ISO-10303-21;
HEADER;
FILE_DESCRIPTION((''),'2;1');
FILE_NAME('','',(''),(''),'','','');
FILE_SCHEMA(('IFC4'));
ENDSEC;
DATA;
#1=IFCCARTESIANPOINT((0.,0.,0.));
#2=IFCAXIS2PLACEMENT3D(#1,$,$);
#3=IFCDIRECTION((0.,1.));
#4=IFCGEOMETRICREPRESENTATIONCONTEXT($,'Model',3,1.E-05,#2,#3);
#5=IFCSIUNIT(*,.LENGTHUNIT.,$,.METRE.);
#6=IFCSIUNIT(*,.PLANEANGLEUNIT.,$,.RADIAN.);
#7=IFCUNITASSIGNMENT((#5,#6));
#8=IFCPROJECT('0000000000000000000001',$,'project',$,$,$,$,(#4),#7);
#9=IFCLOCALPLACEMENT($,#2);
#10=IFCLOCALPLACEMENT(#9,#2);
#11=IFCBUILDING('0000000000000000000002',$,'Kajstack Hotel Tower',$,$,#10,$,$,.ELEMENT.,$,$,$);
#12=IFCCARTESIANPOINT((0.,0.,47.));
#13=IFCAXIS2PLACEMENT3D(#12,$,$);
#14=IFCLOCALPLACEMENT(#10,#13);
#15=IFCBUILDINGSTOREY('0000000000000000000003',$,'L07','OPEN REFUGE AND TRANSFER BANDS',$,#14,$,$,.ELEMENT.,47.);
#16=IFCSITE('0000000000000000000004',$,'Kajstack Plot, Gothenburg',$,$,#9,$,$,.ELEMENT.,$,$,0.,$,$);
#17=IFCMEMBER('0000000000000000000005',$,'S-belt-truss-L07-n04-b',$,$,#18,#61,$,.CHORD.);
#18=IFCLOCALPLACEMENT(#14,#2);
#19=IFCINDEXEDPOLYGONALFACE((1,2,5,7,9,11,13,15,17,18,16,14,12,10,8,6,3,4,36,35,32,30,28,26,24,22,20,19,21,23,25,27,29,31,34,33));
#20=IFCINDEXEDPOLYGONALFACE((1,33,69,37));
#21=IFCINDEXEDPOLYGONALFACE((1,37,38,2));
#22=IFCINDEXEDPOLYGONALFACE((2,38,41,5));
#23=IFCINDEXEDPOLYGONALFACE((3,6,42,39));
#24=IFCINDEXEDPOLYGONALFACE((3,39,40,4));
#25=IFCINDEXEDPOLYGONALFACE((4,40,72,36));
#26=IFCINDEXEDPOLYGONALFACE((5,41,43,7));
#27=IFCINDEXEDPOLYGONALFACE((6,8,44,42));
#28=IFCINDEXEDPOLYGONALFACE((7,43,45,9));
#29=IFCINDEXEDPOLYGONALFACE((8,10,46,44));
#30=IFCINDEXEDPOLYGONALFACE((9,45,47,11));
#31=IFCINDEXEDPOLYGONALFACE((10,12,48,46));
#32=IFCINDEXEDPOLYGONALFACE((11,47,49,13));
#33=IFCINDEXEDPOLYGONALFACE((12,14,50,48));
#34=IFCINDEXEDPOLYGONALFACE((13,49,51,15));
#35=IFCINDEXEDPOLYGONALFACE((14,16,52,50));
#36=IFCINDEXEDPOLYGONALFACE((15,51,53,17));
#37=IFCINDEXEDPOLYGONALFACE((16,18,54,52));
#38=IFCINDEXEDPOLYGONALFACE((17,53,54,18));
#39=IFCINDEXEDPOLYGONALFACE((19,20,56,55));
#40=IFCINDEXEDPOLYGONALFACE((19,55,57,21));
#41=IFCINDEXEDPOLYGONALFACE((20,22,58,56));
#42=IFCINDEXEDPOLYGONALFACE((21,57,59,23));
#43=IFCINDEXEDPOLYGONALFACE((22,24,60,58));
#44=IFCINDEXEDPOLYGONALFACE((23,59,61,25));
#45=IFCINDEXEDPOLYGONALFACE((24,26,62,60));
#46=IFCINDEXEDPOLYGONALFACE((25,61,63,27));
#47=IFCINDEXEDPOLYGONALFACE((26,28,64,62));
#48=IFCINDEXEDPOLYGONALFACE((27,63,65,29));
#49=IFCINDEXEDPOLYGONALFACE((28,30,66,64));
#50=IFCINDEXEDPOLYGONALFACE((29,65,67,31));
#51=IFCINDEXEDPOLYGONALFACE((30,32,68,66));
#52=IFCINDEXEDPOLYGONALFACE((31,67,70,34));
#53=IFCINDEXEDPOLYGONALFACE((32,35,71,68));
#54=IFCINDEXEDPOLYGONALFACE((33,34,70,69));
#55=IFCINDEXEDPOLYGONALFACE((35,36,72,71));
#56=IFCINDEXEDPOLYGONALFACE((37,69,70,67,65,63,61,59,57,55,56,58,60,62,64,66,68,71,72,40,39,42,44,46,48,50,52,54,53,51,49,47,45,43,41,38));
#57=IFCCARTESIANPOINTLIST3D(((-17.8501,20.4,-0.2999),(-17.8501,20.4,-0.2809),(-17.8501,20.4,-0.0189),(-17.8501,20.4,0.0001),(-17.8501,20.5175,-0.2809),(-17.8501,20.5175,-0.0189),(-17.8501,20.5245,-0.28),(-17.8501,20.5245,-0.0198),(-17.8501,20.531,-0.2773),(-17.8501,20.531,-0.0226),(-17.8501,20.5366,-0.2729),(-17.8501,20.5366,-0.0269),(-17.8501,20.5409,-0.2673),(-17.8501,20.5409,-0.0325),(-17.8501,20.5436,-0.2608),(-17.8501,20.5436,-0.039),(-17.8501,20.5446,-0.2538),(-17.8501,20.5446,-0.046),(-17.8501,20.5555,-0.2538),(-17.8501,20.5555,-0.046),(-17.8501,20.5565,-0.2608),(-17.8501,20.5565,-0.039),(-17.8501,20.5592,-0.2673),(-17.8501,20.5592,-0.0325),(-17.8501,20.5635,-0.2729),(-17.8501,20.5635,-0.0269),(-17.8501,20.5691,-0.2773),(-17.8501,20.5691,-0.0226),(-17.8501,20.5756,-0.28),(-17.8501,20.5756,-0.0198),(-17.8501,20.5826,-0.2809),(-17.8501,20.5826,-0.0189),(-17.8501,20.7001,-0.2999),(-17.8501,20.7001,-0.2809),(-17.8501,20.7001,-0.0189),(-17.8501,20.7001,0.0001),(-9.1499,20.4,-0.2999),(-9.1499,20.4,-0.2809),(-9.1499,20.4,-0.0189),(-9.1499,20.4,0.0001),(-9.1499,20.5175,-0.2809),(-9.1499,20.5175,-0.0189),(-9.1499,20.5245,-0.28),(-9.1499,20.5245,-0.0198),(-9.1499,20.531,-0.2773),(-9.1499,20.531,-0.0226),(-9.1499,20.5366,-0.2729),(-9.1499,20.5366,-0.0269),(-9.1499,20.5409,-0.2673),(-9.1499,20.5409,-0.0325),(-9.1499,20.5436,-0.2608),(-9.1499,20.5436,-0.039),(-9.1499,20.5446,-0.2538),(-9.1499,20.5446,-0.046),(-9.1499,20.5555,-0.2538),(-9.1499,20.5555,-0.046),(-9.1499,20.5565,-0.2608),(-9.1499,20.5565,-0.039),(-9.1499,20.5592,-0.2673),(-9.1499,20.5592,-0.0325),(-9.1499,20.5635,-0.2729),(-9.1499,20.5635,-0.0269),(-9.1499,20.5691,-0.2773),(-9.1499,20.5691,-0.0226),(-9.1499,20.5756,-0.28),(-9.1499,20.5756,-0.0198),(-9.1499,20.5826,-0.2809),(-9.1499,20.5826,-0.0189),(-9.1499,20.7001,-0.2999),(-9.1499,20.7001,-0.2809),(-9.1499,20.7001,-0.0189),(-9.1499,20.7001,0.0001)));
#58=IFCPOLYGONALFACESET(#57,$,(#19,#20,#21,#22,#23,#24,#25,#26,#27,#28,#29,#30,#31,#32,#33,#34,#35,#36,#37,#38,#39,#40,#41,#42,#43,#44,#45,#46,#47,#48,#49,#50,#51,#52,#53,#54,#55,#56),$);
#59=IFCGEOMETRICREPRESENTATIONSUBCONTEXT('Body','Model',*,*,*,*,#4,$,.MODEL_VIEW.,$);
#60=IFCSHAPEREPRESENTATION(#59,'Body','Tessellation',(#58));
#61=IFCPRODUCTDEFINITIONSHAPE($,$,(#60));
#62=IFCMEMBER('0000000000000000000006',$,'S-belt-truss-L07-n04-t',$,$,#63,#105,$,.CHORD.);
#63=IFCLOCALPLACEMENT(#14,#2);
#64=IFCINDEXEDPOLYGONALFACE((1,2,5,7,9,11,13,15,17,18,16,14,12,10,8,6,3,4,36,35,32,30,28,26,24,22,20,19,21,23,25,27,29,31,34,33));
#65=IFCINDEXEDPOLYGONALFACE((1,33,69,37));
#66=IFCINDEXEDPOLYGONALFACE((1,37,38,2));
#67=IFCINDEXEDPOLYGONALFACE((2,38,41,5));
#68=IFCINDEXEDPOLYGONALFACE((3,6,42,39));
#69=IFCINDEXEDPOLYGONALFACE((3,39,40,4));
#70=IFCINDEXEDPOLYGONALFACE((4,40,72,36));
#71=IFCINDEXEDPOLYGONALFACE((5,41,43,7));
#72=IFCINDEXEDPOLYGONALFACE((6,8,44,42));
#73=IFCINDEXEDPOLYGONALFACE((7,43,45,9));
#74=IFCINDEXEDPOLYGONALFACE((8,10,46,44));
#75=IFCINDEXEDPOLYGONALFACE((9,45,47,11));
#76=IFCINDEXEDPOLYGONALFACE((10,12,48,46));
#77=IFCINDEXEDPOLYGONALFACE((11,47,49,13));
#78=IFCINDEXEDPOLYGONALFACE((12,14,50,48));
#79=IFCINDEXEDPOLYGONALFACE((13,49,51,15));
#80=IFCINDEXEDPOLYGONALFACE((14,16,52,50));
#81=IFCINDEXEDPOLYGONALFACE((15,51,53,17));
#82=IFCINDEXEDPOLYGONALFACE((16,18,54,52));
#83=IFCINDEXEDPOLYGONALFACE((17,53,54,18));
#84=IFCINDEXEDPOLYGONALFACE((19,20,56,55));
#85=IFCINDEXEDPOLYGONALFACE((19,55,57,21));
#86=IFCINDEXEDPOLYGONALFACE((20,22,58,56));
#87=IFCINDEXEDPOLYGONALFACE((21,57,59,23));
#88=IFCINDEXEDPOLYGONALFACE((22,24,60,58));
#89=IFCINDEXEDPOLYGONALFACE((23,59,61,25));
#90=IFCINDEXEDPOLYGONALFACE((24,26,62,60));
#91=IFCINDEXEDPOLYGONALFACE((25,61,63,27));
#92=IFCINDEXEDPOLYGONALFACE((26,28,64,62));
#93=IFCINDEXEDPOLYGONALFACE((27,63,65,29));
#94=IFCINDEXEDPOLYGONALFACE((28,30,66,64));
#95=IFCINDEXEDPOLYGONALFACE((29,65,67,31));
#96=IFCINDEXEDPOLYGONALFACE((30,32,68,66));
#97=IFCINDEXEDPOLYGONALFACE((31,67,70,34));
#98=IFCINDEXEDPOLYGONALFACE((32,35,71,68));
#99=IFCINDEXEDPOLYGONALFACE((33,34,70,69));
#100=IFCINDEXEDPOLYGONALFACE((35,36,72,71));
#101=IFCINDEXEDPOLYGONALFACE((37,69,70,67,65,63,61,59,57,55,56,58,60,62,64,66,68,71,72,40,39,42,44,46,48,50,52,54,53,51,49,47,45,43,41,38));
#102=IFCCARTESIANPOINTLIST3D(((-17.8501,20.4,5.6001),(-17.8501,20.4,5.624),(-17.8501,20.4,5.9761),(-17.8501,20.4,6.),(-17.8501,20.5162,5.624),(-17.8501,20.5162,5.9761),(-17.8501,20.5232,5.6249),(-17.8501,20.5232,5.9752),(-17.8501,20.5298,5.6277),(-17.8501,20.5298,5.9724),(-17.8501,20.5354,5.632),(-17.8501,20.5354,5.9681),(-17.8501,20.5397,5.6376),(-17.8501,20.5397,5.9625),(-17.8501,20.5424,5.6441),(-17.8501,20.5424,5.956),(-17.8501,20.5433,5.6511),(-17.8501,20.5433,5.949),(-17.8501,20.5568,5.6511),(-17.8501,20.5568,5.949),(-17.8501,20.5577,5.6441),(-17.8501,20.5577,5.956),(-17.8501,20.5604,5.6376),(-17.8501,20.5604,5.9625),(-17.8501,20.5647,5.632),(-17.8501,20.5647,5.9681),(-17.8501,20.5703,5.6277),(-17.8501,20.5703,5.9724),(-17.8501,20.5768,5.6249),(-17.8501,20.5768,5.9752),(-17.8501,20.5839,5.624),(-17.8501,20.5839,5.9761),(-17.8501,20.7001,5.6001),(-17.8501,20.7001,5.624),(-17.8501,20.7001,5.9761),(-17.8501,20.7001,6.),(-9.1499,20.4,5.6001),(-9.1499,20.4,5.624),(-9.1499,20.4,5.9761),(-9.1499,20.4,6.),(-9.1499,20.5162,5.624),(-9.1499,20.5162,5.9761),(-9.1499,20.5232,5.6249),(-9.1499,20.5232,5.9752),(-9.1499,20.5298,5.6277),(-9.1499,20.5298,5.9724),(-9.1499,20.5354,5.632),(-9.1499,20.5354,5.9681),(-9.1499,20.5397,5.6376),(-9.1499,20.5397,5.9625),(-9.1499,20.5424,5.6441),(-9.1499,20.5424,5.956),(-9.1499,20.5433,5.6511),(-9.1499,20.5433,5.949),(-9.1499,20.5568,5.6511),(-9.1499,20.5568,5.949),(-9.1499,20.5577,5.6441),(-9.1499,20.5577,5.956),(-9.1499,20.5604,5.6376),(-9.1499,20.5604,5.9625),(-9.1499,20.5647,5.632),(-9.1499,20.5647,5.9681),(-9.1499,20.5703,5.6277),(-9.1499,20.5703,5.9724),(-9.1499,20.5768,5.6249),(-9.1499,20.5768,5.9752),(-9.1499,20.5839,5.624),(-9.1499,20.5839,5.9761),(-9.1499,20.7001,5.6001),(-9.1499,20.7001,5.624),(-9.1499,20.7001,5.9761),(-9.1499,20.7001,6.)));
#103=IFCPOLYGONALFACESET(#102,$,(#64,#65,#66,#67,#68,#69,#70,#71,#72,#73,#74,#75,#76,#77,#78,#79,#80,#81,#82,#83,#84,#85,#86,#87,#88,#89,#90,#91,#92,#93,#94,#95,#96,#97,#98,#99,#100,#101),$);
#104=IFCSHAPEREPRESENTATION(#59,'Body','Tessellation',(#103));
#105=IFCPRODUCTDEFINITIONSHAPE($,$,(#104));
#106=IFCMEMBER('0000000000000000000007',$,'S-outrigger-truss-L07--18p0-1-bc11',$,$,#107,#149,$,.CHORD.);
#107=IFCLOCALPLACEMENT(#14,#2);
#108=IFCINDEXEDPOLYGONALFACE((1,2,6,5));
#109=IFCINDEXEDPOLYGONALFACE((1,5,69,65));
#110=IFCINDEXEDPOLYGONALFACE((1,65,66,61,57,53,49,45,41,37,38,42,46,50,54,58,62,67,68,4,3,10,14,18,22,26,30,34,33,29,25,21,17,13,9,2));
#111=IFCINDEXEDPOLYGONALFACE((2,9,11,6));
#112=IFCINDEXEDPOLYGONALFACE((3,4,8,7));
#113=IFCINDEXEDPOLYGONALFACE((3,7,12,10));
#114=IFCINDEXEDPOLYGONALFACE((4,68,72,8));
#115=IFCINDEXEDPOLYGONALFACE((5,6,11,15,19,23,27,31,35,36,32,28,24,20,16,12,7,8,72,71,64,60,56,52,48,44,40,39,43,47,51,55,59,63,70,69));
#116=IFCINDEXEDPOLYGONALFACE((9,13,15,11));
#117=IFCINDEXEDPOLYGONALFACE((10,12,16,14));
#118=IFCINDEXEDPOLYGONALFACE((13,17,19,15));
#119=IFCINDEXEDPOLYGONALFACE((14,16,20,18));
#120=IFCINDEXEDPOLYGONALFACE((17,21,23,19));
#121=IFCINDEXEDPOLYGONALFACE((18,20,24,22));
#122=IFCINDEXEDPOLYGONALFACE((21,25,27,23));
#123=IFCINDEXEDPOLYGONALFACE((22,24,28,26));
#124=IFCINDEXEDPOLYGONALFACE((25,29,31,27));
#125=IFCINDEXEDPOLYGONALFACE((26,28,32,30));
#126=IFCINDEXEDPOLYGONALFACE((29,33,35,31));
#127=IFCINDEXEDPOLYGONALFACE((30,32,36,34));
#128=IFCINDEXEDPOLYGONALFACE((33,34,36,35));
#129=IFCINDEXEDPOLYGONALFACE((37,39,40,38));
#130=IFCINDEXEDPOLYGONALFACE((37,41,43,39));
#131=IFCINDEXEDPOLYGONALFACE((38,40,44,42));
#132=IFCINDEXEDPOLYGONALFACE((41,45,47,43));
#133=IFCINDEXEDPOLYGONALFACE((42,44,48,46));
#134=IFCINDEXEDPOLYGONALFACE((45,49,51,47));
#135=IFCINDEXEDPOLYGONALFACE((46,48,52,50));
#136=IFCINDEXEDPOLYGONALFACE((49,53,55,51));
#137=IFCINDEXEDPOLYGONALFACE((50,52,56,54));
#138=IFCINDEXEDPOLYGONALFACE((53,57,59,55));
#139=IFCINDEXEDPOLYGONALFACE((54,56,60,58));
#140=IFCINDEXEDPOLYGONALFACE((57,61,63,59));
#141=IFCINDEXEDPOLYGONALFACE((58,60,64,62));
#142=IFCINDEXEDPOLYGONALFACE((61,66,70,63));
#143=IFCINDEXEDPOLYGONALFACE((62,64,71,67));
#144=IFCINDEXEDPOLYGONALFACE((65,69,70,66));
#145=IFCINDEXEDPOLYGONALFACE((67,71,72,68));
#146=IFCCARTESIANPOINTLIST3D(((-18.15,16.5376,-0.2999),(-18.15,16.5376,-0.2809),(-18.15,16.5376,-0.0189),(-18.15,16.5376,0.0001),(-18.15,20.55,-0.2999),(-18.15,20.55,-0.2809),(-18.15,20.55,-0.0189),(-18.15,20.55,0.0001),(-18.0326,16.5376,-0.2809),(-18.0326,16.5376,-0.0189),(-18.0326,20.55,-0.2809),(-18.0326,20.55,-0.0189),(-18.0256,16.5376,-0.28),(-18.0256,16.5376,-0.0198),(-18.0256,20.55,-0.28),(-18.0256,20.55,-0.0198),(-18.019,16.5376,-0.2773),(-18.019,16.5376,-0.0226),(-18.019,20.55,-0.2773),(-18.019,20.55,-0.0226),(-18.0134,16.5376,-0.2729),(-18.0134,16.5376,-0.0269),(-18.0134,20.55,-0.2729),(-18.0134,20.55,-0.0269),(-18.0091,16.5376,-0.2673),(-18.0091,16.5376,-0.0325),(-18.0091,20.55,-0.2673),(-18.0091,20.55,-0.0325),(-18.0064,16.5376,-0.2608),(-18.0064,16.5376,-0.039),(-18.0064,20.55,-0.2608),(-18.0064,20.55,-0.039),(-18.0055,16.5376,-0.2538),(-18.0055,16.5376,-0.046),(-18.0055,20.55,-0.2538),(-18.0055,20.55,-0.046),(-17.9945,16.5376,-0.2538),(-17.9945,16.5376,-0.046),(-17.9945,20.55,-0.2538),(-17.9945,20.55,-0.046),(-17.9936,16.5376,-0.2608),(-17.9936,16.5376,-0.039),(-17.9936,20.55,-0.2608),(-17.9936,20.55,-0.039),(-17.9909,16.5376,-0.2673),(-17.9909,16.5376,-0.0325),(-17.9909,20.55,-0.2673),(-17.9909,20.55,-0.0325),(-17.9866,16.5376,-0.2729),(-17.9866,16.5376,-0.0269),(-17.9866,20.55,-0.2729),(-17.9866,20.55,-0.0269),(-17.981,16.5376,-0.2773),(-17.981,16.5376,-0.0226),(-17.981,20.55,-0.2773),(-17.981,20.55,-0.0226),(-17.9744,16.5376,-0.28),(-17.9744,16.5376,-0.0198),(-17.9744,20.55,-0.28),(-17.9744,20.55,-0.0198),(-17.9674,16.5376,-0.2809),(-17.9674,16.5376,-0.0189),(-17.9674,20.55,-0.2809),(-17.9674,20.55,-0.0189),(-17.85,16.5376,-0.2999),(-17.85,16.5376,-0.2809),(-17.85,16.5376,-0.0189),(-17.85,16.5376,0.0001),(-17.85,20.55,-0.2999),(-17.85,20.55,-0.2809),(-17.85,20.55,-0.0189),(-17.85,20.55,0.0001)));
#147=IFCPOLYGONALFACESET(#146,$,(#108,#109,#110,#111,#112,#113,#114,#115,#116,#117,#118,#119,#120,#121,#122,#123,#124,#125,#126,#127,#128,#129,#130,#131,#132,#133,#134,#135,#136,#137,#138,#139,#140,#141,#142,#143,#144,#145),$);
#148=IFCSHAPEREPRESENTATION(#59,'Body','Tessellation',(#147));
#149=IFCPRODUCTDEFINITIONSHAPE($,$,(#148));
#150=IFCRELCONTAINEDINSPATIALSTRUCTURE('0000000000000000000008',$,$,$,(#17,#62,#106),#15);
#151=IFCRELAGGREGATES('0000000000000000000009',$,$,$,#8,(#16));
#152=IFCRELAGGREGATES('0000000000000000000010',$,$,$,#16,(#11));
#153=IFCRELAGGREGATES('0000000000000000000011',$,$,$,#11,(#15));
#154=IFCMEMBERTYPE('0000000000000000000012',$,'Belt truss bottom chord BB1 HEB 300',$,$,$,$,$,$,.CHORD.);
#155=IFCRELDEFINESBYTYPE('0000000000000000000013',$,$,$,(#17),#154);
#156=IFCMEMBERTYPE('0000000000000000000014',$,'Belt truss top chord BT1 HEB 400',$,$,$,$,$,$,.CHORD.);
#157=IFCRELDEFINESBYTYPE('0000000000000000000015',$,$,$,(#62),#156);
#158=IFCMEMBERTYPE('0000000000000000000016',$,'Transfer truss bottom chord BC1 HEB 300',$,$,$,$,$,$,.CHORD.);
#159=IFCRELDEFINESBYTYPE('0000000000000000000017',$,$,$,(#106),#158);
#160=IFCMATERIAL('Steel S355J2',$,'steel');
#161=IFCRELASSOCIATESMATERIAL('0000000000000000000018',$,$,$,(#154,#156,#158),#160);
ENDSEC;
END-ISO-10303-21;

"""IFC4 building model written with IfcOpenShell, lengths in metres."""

from ifc_helpers import new_model, si_unit, direction, frame, origin, origin_2d, place, context, subcontext, project, spatial, i_section, extrude, material, material_profile, profile_set, type_object, element, save


model = new_model("IFC4")

# Units and contexts
model_context = context("Model", 3, precision=1e-05, world=origin(), true_north=direction((0.0, 1.0)))
body_context = subcontext(model_context, "Body", "Model", "MODEL_VIEW")
ifc_project = project(units=[si_unit("LENGTHUNIT", "METRE"), si_unit("PLANEANGLEUNIT", "RADIAN")], contexts=[model_context])

# Site, building, storey
site_placement = place(None, origin())
site = spatial("IfcSite", under=ifc_project, at=site_placement, Name="Kajstack Plot, Gothenburg", CompositionType="ELEMENT", RefElevation=0.0)
building_placement = place(site_placement, origin())
building = spatial("IfcBuilding", under=site, at=building_placement, Name="Kajstack Hotel Tower", CompositionType="ELEMENT")
storey_placement = place(building_placement, frame((0.0, 0.0, 47.0)))
storey = spatial("IfcBuildingStorey", under=building, at=storey_placement, Name="L07", Description="OPEN REFUGE AND TRANSFER BANDS", CompositionType="ELEMENT", Elevation=47.0)

# Members
ifc_material_1 = material(Name="Steel S355J2", Category="steel")
ifc_material_profile_1 = material_profile(ifc_material_1, i_section(OverallWidth=0.3, OverallDepth=0.3, WebThickness=0.011, FlangeThickness=0.019, FilletRadius=0.0271, at=origin_2d()), Name="HEB 300")
ifc_profile_set_1 = profile_set([ifc_material_profile_1], Name="Steel S355J2")
member_type_1 = type_object("IfcMemberType", Name="Belt truss bottom chord BB1 HEB 300", PredefinedType="CHORD", material=ifc_profile_set_1)
member_1_placement = place(storey_placement, frame((-17.8501, 20.55, -0.1499), z_axis=(1.0, 0.0, 0.0), x_axis=(0.0, 1.0, 0.0)))
element("IfcMember", 1, at=member_1_placement, inside=storey, type_object=member_type_1, Name="S-belt-truss-L07-n04-b", PredefinedType="CHORD", context=body_context, shape_type="SweptSolid", body=[
    extrude(i_section(OverallWidth=0.3, OverallDepth=0.3, WebThickness=0.011, FlangeThickness=0.019, FilletRadius=0.0271, at=origin_2d()), origin(), (0.0, 0.0, 1.0), 8.7002),
])
ifc_material_profile_2 = material_profile(ifc_material_1, i_section(OverallWidth=0.3, OverallDepth=0.3999, WebThickness=0.0134, FlangeThickness=0.0239, FilletRadius=0.0271, at=origin_2d()), Name="HEB 400")
ifc_profile_set_2 = profile_set([ifc_material_profile_2], Name="Steel S355J2")
member_type_2 = type_object("IfcMemberType", Name="Belt truss top chord BT1 HEB 400", PredefinedType="CHORD", material=ifc_profile_set_2)
member_2_placement = place(storey_placement, frame((-17.8501, 20.55, 5.8), z_axis=(1.0, 0.0, 0.0), x_axis=(0.0, 1.0, 0.0)))
element("IfcMember", 2, at=member_2_placement, inside=storey, type_object=member_type_2, Name="S-belt-truss-L07-n04-t", PredefinedType="CHORD", context=body_context, shape_type="SweptSolid", body=[
    extrude(i_section(OverallWidth=0.3, OverallDepth=0.3999, WebThickness=0.0134, FlangeThickness=0.0239, FilletRadius=0.0271, at=origin_2d()), origin(), (0.0, 0.0, 1.0), 8.7002),
])
ifc_material_profile_3 = material_profile(ifc_material_1, i_section(OverallWidth=0.3, OverallDepth=0.3, WebThickness=0.011, FlangeThickness=0.019, FilletRadius=0.0271, at=origin_2d()), Name="HEB 300")
ifc_profile_set_3 = profile_set([ifc_material_profile_3], Name="Steel S355J2")
member_type_3 = type_object("IfcMemberType", Name="Transfer truss bottom chord BC1 HEB 300", PredefinedType="CHORD", material=ifc_profile_set_3)
member_3_placement = place(storey_placement, frame((-18.0, 16.5376, -0.1499), z_axis=(0.0, 1.0, 0.0), x_axis=(-1.0, 0.0, 0.0)))
element("IfcMember", 3, at=member_3_placement, inside=storey, type_object=member_type_3, Name="S-outrigger-truss-L07--18p0-1-bc11", PredefinedType="CHORD", context=body_context, shape_type="SweptSolid", body=[
    extrude(i_section(OverallWidth=0.3, OverallDepth=0.3, WebThickness=0.011, FlangeThickness=0.019, FilletRadius=0.0271, at=origin_2d()), origin(), (0.0, 0.0, 1.0), 4.0125),
])

save(model, "model.ifc")
